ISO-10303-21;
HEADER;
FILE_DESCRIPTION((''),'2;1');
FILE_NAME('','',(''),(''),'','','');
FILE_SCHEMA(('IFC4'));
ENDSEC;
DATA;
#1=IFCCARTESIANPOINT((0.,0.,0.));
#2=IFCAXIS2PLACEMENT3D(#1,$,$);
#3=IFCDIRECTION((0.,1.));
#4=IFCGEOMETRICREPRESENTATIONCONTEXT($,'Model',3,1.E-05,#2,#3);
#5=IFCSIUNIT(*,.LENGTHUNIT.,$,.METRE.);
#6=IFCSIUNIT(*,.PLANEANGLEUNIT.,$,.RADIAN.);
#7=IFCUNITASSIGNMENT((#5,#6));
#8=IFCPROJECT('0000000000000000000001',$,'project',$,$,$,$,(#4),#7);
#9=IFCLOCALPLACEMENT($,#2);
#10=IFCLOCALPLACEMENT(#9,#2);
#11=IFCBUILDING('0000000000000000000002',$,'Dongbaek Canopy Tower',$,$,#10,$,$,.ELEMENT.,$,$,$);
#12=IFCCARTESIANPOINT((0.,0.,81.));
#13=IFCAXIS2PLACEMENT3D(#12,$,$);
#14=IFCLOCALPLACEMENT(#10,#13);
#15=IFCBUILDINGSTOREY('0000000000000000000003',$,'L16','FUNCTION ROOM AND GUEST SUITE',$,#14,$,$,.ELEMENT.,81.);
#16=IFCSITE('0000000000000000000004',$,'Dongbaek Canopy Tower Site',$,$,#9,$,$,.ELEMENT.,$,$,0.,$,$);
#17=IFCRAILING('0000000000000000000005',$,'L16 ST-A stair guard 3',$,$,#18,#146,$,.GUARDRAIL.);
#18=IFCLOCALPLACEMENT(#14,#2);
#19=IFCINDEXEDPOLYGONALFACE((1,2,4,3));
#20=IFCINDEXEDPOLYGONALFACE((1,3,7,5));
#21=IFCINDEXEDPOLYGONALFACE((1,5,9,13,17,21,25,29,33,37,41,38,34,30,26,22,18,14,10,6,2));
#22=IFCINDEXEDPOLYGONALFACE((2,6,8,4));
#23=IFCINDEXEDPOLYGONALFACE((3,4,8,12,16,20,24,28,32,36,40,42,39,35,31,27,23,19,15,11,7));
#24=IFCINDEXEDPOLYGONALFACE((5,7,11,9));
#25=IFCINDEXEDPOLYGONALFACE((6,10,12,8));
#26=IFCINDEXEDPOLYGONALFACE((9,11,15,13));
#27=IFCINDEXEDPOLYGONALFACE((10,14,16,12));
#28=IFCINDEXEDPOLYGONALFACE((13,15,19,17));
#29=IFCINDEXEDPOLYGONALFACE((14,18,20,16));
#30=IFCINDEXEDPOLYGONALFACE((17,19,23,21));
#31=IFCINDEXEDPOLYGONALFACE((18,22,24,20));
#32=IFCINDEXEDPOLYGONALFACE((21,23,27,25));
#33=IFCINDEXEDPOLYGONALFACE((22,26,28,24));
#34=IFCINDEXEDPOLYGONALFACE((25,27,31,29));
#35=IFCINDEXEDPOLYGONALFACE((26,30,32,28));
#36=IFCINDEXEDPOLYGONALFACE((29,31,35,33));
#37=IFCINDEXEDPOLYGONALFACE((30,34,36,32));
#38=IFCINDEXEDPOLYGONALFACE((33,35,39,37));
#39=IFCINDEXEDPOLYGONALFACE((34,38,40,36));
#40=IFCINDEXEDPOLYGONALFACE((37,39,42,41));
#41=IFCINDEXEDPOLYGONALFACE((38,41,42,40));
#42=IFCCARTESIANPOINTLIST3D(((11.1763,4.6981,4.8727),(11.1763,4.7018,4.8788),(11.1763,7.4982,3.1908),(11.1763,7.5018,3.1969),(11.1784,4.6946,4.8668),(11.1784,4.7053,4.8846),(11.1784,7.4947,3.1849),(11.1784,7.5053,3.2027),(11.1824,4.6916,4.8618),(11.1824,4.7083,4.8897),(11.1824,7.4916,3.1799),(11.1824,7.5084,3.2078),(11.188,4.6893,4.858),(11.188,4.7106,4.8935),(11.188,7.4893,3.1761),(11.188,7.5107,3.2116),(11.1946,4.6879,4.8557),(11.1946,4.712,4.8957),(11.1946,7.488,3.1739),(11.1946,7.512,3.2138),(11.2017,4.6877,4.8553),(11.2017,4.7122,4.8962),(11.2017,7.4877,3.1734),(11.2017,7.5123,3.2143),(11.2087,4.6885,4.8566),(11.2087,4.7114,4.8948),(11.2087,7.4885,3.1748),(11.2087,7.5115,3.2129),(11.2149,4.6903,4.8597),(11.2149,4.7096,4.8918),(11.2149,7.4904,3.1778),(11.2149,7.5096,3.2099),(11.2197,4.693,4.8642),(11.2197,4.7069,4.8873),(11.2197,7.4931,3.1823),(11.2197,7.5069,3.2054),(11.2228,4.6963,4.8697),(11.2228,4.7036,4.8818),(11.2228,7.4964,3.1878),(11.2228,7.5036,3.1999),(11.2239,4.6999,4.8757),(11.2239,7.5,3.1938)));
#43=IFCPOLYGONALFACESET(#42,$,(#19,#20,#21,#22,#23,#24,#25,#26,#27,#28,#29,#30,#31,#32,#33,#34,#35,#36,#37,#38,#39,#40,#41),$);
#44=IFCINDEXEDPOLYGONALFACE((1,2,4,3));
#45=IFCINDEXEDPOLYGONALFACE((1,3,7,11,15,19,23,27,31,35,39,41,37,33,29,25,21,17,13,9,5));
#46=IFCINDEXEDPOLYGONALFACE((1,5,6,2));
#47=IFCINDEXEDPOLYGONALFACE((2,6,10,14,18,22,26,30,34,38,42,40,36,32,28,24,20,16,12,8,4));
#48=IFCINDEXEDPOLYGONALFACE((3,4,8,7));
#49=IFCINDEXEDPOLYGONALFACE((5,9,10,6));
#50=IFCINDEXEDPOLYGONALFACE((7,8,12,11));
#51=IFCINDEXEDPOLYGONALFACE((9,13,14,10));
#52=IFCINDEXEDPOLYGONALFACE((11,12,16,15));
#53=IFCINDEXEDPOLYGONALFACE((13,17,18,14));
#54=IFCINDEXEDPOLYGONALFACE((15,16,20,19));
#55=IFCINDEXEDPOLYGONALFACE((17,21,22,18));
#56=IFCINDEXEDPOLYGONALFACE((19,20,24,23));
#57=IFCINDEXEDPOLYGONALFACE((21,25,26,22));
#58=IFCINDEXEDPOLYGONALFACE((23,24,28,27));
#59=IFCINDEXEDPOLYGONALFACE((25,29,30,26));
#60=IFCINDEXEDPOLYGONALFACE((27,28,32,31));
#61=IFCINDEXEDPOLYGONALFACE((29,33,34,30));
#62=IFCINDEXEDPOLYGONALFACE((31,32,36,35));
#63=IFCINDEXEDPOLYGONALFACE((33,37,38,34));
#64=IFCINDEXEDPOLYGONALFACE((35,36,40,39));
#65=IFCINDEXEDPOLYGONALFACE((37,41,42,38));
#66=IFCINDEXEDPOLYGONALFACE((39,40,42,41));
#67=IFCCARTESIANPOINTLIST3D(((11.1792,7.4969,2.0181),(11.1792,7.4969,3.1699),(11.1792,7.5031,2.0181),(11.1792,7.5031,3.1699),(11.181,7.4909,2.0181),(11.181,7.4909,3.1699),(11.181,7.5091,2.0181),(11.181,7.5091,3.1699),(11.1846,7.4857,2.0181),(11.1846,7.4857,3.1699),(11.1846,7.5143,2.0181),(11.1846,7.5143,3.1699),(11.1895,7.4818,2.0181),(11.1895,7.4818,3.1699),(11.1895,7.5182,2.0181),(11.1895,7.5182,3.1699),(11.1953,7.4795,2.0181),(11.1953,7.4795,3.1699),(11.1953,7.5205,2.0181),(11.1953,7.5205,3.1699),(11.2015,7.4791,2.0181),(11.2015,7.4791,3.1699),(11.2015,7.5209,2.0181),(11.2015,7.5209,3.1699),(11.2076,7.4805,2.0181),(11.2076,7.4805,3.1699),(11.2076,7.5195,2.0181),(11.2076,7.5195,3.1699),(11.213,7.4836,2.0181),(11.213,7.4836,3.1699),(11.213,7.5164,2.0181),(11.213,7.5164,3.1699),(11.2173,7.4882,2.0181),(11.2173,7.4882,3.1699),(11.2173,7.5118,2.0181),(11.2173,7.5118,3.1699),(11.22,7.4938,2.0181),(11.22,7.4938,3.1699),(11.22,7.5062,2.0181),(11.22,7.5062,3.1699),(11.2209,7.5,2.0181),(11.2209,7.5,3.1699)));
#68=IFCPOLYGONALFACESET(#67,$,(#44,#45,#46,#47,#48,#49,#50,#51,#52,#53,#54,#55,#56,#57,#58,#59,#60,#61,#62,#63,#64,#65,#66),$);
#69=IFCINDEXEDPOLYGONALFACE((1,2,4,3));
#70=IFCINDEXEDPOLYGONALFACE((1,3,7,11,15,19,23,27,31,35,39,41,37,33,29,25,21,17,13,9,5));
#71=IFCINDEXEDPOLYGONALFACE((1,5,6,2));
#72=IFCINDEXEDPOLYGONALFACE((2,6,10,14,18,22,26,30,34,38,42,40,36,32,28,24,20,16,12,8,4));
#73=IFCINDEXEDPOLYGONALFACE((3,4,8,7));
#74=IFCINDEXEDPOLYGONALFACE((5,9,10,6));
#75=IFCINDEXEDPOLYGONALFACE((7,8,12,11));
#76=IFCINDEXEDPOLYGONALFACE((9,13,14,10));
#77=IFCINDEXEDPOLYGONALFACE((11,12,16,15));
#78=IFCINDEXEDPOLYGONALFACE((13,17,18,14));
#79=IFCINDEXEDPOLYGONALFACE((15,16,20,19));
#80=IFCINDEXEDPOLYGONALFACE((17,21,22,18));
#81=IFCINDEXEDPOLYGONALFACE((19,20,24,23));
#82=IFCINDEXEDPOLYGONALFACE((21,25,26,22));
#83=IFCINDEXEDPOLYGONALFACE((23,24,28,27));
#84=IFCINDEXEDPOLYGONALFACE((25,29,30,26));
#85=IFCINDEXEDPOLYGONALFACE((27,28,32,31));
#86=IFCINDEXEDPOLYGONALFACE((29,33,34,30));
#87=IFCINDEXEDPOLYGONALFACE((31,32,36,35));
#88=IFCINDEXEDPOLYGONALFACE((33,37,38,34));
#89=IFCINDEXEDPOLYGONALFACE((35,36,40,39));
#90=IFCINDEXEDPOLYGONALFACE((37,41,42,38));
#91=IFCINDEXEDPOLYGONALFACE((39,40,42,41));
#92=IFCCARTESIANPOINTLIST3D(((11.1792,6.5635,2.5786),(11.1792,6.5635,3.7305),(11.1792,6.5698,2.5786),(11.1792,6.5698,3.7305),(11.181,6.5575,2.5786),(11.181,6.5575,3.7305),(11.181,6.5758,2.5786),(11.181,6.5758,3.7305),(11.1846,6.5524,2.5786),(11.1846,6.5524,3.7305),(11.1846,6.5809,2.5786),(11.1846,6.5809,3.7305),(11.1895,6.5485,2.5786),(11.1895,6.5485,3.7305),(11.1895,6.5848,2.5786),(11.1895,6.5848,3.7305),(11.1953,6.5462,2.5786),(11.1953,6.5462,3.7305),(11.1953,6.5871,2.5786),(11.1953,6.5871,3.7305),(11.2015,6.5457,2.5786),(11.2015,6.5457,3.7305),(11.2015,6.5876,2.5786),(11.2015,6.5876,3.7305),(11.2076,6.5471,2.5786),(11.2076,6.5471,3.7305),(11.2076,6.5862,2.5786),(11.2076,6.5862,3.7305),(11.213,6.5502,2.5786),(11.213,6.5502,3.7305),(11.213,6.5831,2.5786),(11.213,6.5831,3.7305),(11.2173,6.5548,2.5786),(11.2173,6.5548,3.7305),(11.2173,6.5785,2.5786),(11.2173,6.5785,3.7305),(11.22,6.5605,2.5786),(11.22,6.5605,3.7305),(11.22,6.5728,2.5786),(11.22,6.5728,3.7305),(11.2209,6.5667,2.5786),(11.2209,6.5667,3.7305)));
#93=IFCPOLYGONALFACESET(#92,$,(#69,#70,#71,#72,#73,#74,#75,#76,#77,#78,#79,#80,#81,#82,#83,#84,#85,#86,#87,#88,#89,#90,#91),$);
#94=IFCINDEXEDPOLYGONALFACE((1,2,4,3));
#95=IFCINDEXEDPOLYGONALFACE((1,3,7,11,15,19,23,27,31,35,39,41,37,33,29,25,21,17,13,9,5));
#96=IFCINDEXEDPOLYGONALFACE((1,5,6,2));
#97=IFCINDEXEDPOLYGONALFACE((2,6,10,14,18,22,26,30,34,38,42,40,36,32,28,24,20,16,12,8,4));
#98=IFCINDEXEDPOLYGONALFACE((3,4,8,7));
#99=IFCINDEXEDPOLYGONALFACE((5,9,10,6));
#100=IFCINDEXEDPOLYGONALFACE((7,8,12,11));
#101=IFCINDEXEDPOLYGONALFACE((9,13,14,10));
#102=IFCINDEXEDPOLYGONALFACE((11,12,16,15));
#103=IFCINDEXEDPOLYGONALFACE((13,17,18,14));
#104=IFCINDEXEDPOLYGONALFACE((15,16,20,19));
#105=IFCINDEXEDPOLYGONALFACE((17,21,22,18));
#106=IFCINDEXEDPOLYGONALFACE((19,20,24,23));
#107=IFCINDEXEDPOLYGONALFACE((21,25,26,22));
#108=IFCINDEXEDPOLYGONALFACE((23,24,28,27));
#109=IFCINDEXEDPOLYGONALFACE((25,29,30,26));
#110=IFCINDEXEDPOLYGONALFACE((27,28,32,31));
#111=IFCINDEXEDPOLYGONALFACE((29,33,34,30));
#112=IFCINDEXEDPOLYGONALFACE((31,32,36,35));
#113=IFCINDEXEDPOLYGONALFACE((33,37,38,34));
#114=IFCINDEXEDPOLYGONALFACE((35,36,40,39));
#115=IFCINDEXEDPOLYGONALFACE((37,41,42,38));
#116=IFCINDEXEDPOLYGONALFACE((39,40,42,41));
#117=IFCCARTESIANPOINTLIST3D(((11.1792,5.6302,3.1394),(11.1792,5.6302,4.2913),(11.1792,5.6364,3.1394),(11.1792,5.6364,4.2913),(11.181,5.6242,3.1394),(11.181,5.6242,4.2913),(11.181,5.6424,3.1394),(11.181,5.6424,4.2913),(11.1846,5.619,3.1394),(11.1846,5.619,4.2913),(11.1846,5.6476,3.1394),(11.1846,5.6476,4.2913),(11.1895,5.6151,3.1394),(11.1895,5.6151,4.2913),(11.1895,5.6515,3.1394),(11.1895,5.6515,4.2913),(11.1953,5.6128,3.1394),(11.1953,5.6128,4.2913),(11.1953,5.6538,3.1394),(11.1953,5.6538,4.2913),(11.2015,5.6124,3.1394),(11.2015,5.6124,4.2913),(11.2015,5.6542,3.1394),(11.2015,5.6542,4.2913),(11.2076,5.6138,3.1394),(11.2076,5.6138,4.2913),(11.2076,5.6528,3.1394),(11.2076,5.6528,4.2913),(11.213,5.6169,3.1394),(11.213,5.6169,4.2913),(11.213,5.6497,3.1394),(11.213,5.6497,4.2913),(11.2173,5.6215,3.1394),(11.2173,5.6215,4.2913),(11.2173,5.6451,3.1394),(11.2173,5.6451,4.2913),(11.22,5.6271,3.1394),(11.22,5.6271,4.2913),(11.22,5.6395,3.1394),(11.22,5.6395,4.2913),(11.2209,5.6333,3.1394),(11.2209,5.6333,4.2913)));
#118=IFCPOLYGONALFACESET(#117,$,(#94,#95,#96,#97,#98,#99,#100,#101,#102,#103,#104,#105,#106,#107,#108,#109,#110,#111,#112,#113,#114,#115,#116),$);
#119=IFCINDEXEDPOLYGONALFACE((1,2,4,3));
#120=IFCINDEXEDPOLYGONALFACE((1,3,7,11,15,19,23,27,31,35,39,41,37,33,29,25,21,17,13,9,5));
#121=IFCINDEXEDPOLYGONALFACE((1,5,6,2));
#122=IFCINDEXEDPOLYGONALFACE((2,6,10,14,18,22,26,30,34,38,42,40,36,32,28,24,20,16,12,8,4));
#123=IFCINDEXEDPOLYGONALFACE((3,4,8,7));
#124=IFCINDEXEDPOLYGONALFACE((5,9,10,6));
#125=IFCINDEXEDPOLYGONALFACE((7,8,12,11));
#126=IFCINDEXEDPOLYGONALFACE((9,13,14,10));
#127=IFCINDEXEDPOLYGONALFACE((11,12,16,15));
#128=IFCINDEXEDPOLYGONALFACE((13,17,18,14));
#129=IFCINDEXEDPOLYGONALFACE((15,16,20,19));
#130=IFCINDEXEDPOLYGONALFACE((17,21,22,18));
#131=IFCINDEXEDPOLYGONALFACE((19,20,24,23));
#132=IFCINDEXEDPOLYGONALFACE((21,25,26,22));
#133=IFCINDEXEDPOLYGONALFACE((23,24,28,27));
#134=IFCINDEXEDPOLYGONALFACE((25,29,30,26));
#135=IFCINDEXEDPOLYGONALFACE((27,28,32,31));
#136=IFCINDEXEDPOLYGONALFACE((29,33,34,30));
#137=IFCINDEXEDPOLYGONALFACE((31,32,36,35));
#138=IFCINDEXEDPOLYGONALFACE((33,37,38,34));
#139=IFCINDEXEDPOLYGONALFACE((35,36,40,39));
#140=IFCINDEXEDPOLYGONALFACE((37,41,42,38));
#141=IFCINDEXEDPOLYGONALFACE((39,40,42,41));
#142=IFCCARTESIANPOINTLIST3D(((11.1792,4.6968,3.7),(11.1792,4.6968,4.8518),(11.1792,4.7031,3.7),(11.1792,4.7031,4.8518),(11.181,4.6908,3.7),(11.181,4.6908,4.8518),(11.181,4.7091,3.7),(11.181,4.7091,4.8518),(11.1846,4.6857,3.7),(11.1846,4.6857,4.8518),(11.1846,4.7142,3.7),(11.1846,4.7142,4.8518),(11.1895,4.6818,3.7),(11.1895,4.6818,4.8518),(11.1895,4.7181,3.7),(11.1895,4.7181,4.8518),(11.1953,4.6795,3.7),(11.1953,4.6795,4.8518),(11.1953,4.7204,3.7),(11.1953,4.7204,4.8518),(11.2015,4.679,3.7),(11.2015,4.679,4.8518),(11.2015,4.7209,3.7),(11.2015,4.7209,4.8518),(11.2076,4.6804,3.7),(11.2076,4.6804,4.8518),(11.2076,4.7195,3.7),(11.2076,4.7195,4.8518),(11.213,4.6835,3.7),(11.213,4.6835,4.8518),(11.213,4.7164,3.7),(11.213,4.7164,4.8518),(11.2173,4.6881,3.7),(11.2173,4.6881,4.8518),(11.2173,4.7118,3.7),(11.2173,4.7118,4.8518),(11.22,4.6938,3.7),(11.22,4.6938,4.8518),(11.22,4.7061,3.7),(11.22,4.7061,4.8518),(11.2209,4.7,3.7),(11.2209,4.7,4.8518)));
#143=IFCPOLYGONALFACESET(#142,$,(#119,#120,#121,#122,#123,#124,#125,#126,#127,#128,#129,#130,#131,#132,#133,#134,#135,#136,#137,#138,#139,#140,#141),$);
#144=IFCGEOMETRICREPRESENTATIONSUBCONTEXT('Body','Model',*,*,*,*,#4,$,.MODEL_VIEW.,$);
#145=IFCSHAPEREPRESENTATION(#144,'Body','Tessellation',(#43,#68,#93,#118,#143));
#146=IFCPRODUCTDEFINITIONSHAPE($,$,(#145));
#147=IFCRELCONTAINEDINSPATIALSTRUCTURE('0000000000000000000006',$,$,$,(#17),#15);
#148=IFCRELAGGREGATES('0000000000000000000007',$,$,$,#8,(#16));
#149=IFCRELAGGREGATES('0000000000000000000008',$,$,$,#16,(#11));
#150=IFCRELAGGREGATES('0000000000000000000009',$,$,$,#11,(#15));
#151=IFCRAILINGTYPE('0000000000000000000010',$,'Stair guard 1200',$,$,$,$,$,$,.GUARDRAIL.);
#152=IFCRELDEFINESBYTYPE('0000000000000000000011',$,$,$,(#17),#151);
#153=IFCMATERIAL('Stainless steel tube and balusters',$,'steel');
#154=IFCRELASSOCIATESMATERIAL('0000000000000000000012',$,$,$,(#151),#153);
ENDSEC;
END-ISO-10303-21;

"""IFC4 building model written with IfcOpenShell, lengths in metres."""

from ifc_helpers import new_model, si_unit, direction, frame, origin, origin_2d, place, context, subcontext, project, spatial, circle, extrude, material, type_object, element, save


model = new_model("IFC4")

# Units and contexts
model_context = context("Model", 3, precision=1e-05, world=origin(), true_north=direction((0.0, 1.0)))
body_context = subcontext(model_context, "Body", "Model", "MODEL_VIEW")
ifc_project = project(units=[si_unit("LENGTHUNIT", "METRE"), si_unit("PLANEANGLEUNIT", "RADIAN")], contexts=[model_context])

# Site, building, storey
site_placement = place(None, origin())
site = spatial("IfcSite", under=ifc_project, at=site_placement, Name="Dongbaek Canopy Tower Site", CompositionType="ELEMENT", RefElevation=0.0)
building_placement = place(site_placement, origin())
building = spatial("IfcBuilding", under=site, at=building_placement, Name="Dongbaek Canopy Tower", CompositionType="ELEMENT")
storey_placement = place(building_placement, frame((0.0, 0.0, 81.0)))
storey = spatial("IfcBuildingStorey", under=building, at=storey_placement, Name="L16", Description="FUNCTION ROOM AND GUEST SUITE", CompositionType="ELEMENT", Elevation=81.0)

# Railing
ifc_material_1 = material(Name="Stainless steel tube and balusters", Category="steel")
railing_type_1 = type_object("IfcRailingType", Name="Stair guard 1200", PredefinedType="GUARDRAIL", material=ifc_material_1)
railing_1_placement = place(storey_placement, frame((11.2, 7.5, 2.0181)))
element("IfcRailing", 1, at=railing_1_placement, inside=storey, type_object=railing_type_1, Name="L16 ST-A stair guard 3", PredefinedType="GUARDRAIL", context=body_context, shape_type="SweptSolid", body=[
    extrude(circle(Radius=0.0239, at=origin_2d()), frame((0.0, 0.0, 1.1758), z_axis=(0.0, -0.857242, 0.514913), x_axis=(1.0, 0.0, 0.0)), (0.0, 0.0, 1.0), 3.2664),
    extrude(circle(Radius=0.021, at=origin_2d()), origin(), (0.0, 0.0, 1.0), 1.1519),
    extrude(circle(Radius=0.021, at=origin_2d()), frame((0.0, -0.9333, 0.5605)), (0.0, 0.0, 1.0), 1.1519),
    extrude(circle(Radius=0.021, at=origin_2d()), frame((0.0, -1.8667, 1.1213)), (0.0, 0.0, 1.0), 1.1519),
    extrude(circle(Radius=0.021, at=origin_2d()), frame((0.0, -2.8, 1.6819)), (0.0, 0.0, 1.0), 1.1519),
])

save(model, "model.ifc")
